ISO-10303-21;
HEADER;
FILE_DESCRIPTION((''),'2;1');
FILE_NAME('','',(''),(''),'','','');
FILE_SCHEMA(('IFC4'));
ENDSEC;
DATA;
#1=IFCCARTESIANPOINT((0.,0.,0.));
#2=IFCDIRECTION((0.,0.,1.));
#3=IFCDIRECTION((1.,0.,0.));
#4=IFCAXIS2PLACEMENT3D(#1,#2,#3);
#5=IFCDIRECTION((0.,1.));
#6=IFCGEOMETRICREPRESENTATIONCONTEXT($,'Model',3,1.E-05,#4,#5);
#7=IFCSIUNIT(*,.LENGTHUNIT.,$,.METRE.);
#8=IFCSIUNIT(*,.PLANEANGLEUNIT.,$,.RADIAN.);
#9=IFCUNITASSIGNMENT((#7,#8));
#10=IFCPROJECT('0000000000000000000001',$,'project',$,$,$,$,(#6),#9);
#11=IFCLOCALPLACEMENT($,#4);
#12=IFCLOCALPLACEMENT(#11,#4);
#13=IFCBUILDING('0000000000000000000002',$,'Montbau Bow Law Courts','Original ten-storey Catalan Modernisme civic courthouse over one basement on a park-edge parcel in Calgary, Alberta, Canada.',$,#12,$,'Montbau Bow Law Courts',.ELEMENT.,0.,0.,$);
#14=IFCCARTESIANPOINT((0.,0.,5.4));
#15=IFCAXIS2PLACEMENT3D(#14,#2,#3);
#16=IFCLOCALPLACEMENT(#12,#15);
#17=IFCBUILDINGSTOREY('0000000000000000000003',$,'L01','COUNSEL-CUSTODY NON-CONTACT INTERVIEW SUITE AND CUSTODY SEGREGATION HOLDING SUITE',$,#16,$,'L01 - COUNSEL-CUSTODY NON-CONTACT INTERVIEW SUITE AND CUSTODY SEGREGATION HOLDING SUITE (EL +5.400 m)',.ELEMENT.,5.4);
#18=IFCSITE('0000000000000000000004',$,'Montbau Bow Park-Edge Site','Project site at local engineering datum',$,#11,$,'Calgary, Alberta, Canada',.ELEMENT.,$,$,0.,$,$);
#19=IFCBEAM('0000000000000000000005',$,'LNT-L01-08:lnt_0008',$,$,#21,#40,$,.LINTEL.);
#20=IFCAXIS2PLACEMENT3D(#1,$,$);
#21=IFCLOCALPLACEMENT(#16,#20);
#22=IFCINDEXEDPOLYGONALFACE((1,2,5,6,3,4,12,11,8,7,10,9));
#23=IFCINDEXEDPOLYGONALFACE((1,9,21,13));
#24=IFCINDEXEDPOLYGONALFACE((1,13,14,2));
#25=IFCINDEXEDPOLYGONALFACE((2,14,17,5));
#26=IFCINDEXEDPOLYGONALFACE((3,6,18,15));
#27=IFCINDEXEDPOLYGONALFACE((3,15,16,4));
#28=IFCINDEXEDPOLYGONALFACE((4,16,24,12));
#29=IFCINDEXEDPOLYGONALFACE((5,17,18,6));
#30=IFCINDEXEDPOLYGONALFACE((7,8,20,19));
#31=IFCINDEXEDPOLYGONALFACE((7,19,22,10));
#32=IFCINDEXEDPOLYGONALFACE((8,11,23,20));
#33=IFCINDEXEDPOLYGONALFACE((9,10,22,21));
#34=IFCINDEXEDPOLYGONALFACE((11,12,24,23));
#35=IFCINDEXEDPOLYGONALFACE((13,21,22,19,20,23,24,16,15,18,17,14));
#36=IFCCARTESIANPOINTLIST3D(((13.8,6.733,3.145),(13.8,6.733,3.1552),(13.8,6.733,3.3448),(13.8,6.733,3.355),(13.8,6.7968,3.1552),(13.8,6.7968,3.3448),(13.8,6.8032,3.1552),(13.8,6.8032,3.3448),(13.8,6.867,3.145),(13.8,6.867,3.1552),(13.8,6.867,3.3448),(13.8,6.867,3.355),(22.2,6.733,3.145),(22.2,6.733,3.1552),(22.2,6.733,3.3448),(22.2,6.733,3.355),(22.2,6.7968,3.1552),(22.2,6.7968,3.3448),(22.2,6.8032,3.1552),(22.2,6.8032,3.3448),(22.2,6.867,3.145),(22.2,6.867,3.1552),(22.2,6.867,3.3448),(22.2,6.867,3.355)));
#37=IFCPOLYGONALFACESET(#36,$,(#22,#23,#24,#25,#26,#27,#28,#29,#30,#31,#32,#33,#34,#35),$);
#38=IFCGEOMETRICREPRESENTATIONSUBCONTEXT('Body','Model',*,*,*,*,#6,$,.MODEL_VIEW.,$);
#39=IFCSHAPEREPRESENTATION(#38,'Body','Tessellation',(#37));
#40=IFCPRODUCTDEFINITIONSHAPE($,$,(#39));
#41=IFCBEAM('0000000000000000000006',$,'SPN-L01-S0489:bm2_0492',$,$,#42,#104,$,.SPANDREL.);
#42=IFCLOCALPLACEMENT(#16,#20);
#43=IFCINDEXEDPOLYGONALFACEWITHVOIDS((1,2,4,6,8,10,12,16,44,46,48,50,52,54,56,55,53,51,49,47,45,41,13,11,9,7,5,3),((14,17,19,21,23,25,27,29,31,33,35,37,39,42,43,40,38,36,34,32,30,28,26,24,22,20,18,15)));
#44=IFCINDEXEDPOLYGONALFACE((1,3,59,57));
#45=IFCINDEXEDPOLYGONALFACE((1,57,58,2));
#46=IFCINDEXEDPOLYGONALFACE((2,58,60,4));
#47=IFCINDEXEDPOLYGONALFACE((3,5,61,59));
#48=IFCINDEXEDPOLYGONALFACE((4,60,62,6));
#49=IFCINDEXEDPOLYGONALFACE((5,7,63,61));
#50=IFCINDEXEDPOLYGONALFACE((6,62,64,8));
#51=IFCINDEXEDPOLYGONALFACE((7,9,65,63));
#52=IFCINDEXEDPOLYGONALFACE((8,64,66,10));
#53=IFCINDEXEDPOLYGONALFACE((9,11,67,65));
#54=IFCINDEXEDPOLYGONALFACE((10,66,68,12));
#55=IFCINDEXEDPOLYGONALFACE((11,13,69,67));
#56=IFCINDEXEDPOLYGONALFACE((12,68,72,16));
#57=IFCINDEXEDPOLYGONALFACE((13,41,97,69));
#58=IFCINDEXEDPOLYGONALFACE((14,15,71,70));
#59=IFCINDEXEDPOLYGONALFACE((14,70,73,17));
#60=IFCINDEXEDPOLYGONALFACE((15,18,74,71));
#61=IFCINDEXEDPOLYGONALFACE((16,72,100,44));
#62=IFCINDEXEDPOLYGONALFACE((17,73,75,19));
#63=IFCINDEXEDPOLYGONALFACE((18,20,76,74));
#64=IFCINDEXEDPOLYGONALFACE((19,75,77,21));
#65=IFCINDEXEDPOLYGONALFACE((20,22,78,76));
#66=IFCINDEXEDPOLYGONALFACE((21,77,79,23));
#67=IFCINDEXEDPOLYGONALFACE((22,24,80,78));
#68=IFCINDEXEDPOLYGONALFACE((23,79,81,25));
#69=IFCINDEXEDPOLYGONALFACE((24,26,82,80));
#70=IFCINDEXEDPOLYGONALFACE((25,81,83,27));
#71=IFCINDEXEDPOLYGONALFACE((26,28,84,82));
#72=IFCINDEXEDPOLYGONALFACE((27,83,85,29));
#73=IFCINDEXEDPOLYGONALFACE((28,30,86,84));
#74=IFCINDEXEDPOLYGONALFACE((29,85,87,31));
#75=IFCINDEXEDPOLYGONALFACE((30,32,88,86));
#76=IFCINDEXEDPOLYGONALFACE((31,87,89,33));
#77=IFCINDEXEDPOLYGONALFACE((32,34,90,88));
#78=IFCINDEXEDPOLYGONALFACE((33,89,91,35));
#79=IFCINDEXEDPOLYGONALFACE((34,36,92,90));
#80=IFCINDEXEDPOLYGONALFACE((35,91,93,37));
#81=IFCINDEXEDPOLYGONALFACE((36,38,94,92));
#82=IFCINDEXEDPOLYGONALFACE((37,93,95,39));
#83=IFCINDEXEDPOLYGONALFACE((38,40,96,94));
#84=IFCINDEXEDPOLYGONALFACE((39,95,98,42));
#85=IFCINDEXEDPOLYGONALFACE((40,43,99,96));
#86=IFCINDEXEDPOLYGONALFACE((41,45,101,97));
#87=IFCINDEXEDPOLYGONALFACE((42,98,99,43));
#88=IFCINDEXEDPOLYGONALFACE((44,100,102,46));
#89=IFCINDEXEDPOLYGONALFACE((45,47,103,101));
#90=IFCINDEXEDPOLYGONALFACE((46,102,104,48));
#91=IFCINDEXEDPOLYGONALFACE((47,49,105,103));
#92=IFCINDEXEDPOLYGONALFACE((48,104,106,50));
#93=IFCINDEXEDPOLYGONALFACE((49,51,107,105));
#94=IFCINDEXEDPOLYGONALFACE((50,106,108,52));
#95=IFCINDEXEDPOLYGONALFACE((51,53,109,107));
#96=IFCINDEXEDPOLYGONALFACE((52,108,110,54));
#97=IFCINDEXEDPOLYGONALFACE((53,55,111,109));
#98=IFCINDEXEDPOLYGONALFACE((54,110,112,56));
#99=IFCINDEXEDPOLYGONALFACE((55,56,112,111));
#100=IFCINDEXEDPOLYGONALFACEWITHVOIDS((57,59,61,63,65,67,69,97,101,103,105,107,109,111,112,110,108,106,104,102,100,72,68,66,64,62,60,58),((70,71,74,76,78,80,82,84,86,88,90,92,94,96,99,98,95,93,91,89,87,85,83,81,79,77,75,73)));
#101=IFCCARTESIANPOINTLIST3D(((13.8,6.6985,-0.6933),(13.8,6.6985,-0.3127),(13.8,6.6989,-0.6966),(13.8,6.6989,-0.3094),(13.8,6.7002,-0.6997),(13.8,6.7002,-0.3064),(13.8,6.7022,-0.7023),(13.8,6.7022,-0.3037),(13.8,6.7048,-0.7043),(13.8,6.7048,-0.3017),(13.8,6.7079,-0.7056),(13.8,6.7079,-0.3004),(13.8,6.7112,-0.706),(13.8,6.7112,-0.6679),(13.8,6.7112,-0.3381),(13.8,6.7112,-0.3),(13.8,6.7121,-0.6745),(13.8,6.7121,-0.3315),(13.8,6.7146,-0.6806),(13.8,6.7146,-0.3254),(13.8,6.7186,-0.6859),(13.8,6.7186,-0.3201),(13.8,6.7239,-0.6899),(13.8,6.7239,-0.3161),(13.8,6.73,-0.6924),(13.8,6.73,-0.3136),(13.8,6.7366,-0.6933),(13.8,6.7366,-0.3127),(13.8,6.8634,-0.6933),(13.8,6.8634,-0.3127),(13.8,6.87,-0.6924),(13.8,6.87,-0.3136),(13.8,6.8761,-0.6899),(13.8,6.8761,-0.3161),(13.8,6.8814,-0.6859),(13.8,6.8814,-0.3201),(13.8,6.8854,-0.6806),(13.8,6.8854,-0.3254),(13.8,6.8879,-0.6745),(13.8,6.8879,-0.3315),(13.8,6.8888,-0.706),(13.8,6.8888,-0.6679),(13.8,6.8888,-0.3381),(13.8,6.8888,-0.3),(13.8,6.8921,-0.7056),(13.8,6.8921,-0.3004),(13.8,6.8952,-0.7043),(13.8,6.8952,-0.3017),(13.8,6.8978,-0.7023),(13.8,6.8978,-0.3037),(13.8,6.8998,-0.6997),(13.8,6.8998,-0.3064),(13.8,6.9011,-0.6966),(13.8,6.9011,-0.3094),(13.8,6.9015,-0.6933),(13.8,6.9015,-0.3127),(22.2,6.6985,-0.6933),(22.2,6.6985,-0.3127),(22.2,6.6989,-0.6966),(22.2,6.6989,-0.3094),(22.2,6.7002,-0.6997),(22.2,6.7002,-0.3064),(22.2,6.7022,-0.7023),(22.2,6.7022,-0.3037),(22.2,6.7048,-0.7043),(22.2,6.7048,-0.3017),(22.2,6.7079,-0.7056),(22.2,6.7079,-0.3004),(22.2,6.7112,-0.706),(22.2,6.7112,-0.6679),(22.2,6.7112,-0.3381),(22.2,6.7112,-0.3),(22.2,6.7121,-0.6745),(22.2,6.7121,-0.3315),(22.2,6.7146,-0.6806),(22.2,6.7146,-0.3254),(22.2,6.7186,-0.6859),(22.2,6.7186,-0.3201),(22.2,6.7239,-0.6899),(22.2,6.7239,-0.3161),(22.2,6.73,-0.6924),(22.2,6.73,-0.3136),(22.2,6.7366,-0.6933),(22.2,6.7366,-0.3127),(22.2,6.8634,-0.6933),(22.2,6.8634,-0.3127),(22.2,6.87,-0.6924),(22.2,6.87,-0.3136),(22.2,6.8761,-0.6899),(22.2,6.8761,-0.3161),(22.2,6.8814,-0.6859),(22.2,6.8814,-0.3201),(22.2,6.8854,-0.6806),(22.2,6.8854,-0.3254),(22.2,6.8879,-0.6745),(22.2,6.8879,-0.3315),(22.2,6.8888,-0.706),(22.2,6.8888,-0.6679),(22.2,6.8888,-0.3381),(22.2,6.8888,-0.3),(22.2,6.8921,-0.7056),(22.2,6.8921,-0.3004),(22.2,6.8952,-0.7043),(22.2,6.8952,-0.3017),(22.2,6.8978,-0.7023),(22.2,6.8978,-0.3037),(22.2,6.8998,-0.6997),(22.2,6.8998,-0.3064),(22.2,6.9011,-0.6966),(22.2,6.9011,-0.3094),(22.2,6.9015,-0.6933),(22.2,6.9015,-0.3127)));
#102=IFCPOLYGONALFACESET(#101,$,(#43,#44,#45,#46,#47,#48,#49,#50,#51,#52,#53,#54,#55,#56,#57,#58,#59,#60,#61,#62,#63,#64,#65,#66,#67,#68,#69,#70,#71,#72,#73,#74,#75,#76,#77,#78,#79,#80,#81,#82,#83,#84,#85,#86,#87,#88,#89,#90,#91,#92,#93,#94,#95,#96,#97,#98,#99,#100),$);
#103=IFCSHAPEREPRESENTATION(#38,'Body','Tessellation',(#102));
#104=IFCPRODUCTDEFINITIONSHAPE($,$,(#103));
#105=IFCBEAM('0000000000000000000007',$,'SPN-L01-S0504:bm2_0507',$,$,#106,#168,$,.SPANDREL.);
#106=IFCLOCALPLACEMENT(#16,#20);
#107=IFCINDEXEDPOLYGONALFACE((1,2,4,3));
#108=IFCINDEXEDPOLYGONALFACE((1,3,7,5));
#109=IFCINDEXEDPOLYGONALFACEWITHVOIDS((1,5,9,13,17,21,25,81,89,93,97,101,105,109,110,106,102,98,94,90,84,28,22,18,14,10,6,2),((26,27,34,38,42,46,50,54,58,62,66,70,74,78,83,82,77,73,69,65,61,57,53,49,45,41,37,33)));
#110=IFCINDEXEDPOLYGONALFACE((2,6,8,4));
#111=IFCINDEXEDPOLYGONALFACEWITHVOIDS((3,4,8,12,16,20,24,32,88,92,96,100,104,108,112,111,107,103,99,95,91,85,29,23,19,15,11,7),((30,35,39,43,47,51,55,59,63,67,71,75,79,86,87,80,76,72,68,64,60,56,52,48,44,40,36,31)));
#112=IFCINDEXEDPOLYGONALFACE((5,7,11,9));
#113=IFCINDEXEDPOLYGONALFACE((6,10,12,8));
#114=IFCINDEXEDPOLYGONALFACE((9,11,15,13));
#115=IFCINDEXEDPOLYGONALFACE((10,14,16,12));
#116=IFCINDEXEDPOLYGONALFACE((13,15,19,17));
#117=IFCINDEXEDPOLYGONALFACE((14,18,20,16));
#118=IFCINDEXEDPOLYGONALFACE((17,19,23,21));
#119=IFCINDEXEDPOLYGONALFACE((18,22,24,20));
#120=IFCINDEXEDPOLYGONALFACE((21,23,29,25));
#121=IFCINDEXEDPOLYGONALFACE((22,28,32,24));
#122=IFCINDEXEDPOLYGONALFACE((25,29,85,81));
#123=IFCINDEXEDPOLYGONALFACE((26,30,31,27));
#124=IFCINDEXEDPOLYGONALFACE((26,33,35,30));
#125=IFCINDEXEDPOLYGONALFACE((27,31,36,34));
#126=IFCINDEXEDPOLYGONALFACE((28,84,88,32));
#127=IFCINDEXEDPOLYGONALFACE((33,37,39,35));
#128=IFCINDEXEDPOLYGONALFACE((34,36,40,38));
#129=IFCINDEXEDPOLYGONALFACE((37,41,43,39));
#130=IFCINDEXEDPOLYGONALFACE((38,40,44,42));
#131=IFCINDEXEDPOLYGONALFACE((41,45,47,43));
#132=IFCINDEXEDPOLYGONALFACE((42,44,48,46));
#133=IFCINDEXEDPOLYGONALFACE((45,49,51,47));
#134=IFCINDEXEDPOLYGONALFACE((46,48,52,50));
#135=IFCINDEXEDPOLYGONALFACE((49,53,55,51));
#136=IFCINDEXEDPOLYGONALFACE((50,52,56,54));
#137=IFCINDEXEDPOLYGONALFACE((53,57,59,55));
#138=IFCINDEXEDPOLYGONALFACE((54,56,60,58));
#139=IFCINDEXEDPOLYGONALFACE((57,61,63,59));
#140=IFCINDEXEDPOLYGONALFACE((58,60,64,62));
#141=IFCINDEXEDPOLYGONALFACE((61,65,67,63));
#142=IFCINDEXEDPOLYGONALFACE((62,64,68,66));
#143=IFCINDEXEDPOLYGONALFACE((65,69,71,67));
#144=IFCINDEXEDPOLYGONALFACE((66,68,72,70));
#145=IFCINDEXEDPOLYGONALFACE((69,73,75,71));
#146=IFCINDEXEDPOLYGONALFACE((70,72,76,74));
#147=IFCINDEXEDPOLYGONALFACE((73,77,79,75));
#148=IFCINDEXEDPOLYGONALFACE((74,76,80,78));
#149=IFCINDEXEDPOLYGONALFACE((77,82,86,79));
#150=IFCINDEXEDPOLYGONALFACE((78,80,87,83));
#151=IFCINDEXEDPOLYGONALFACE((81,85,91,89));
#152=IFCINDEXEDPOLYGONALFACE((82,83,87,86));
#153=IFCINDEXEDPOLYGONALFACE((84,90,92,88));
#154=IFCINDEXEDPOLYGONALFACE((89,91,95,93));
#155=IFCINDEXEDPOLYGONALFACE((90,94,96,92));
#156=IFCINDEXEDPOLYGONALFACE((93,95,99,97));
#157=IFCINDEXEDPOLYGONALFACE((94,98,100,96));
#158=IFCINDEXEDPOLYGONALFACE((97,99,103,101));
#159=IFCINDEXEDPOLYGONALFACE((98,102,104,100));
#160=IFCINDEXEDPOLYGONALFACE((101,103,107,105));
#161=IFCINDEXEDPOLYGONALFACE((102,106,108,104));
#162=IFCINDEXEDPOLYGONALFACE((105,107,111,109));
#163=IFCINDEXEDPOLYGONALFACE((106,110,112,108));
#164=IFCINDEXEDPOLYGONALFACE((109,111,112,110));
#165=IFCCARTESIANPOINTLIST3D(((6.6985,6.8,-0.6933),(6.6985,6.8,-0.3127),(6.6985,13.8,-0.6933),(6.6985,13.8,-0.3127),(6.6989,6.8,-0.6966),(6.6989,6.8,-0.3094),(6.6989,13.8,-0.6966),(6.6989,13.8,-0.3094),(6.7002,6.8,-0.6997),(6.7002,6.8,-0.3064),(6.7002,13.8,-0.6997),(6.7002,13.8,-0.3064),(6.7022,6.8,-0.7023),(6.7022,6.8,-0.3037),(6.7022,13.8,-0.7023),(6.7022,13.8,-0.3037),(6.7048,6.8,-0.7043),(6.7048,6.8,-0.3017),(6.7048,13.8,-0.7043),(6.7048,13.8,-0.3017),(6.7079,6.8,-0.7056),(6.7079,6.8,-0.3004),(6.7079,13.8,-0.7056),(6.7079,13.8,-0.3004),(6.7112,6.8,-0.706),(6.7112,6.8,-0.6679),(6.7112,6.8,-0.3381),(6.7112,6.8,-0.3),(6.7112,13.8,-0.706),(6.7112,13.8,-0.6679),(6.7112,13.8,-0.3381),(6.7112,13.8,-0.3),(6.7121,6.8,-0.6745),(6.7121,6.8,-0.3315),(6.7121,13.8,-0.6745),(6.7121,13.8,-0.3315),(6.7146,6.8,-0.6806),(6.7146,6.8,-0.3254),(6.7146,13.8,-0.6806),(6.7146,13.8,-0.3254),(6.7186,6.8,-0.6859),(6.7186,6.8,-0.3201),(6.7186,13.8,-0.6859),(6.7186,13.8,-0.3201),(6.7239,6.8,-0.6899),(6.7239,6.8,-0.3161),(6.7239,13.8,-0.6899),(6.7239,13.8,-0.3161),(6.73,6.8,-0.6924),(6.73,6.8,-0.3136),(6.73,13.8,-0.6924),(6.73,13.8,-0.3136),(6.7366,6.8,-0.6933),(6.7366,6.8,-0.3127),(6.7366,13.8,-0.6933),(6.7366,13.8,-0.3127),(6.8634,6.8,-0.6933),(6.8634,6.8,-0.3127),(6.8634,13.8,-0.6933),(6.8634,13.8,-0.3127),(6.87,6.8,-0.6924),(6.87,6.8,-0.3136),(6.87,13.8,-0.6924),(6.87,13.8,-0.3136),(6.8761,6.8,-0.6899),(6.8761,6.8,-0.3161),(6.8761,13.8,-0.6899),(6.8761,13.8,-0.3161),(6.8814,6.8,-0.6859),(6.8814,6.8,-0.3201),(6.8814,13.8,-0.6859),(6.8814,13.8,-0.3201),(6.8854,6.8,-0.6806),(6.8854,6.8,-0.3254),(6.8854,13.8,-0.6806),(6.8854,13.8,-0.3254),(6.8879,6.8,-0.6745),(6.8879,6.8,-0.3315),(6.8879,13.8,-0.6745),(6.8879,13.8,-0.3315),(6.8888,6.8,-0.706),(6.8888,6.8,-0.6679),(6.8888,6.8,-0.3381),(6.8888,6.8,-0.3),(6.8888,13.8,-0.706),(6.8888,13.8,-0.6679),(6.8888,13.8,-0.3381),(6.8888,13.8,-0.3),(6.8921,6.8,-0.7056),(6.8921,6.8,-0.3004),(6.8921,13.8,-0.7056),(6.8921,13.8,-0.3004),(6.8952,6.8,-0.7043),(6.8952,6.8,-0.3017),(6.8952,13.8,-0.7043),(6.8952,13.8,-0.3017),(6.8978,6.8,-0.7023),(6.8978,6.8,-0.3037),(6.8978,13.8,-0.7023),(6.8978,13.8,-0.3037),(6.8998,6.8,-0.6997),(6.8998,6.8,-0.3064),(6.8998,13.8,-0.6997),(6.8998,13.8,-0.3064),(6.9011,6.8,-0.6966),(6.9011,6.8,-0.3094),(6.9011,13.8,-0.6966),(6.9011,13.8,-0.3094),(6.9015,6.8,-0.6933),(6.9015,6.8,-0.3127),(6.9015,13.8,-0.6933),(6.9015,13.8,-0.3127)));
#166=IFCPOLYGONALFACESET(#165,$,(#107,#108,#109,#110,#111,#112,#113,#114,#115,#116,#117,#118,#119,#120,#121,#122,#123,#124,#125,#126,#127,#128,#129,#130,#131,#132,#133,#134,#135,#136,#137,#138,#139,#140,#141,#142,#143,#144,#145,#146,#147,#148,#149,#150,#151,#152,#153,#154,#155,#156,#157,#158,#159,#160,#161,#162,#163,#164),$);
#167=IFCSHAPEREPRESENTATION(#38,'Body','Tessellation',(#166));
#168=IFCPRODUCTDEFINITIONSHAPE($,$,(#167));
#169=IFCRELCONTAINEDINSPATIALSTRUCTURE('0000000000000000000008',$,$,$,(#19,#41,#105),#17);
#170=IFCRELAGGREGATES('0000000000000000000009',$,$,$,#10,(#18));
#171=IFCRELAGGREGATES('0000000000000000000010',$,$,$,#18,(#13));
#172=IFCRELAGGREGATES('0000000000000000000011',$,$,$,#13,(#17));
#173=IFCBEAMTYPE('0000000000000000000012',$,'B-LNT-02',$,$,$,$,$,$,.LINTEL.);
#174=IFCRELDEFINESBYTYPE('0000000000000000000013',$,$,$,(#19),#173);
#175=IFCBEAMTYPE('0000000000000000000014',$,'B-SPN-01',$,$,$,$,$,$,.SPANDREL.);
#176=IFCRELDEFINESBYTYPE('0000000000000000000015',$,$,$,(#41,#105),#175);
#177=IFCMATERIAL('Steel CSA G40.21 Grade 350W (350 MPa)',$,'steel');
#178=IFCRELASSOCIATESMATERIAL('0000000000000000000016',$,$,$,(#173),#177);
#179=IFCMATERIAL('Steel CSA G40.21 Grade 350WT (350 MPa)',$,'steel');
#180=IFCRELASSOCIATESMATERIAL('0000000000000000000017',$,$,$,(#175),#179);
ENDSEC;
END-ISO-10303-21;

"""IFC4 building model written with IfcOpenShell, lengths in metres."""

from ifc_helpers import new_model, si_unit, direction, frame, origin_with_axes, origin_2d_with_axis, place, context, subcontext, project, spatial, hollow_rectangle, i_section, extrude, material, material_profile, profile_set, type_object, element, save


model = new_model("IFC4")

# Units and contexts
model_context = context("Model", 3, precision=1e-05, world=origin_with_axes(), true_north=direction((0.0, 1.0)))
body_context = subcontext(model_context, "Body", "Model", "MODEL_VIEW")
ifc_project = project(units=[si_unit("LENGTHUNIT", "METRE"), si_unit("PLANEANGLEUNIT", "RADIAN")], contexts=[model_context])

# Site, building, storey
site_placement = place(None, origin_with_axes())
site = spatial("IfcSite", under=ifc_project, at=site_placement, Name="Montbau Bow Park-Edge Site", Description="Project site at local engineering datum", LongName="Calgary, Alberta, Canada", CompositionType="ELEMENT", RefElevation=0.0)
building_placement = place(site_placement, origin_with_axes())
building = spatial("IfcBuilding", under=site, at=building_placement, Name="Montbau Bow Law Courts", Description="Original ten-storey Catalan Modernisme civic courthouse over one basement on a park-edge parcel in Calgary, Alberta, Canada.", LongName="Montbau Bow Law Courts", CompositionType="ELEMENT", ElevationOfRefHeight=0.0, ElevationOfTerrain=0.0)
storey_placement = place(building_placement, frame((0.0, 0.0, 5.4), z_axis=(0.0, 0.0, 1.0), x_axis=(1.0, 0.0, 0.0)))
storey = spatial("IfcBuildingStorey", under=building, at=storey_placement, Name="L01", Description="COUNSEL-CUSTODY NON-CONTACT INTERVIEW SUITE AND CUSTODY SEGREGATION HOLDING SUITE", LongName="L01 - COUNSEL-CUSTODY NON-CONTACT INTERVIEW SUITE AND CUSTODY SEGREGATION HOLDING SUITE (EL +5.400 m)", CompositionType="ELEMENT", Elevation=5.4)

# Beams
ifc_material_1 = material(Name="Steel CSA G40.21 Grade 350W (350 MPa)", Category="steel")
ifc_material_profile_1 = material_profile(ifc_material_1, i_section(OverallWidth=0.134, OverallDepth=0.21, WebThickness=0.0064, FlangeThickness=0.0102, at=origin_2d_with_axis()), Name="W200X31", Category="Main", Priority=0)
ifc_profile_set_1 = profile_set([ifc_material_profile_1], Name="Steel CSA G40.21 Grade 350W (350 MPa)")
beam_type_1 = type_object("IfcBeamType", Name="B-LNT-02", PredefinedType="LINTEL", material=ifc_profile_set_1)
beam_1_placement = place(None, frame((13.8, 6.8, 8.65), z_axis=(1.0, 0.0, 0.0), x_axis=(0.0, 1.0, 0.0)))
element("IfcBeam", 1, at=beam_1_placement, inside=storey, type_object=beam_type_1, Name="LNT-L01-08:lnt_0008", PredefinedType="LINTEL", context=body_context, shape_type="SweptSolid", body=[
    extrude(i_section(OverallWidth=0.134, OverallDepth=0.21, WebThickness=0.0064, FlangeThickness=0.0102, at=origin_2d_with_axis()), origin_with_axes(), (0.0, 0.0, 1.0), 8.4),
])
ifc_material_2 = material(Name="Steel CSA G40.21 Grade 350WT (350 MPa)", Category="steel")
ifc_material_profile_2 = material_profile(ifc_material_2, hollow_rectangle(XDim=0.203, YDim=0.406, WallThickness=0.0127, InnerFilletRadius=0.0254, OuterFilletRadius=0.0127, at=origin_2d_with_axis()), Name="HSS406X203X13", Category="Main", Priority=0)
ifc_profile_set_2 = profile_set([ifc_material_profile_2], Name="Steel CSA G40.21 Grade 350WT (350 MPa)")
beam_type_2 = type_object("IfcBeamType", Name="B-SPN-01", PredefinedType="SPANDREL", material=ifc_profile_set_2)
beam_2_placement = place(None, frame((13.8, 6.8, 4.897), z_axis=(1.0, 0.0, 0.0), x_axis=(0.0, 1.0, 0.0)))
element("IfcBeam", 2, at=beam_2_placement, inside=storey, type_object=beam_type_2, Name="SPN-L01-S0489:bm2_0492", PredefinedType="SPANDREL", context=body_context, shape_type="SweptSolid", body=[
    extrude(hollow_rectangle(XDim=0.203, YDim=0.406, WallThickness=0.0127, InnerFilletRadius=0.0254, OuterFilletRadius=0.0127, at=origin_2d_with_axis()), origin_with_axes(), (0.0, 0.0, 1.0), 8.4),
])
beam_3_placement = place(None, frame((6.8, 6.8, 4.897), z_axis=(0.0, 1.0, 0.0), x_axis=(-1.0, 0.0, 0.0)))
element("IfcBeam", 3, at=beam_3_placement, inside=storey, type_object=beam_type_2, Name="SPN-L01-S0504:bm2_0507", PredefinedType="SPANDREL", context=body_context, shape_type="SweptSolid", body=[
    extrude(hollow_rectangle(XDim=0.203, YDim=0.406, WallThickness=0.0127, InnerFilletRadius=0.0254, OuterFilletRadius=0.0127, at=origin_2d_with_axis()), origin_with_axes(), (0.0, 0.0, 1.0), 7.0),
])

save(model, "model.ifc")
